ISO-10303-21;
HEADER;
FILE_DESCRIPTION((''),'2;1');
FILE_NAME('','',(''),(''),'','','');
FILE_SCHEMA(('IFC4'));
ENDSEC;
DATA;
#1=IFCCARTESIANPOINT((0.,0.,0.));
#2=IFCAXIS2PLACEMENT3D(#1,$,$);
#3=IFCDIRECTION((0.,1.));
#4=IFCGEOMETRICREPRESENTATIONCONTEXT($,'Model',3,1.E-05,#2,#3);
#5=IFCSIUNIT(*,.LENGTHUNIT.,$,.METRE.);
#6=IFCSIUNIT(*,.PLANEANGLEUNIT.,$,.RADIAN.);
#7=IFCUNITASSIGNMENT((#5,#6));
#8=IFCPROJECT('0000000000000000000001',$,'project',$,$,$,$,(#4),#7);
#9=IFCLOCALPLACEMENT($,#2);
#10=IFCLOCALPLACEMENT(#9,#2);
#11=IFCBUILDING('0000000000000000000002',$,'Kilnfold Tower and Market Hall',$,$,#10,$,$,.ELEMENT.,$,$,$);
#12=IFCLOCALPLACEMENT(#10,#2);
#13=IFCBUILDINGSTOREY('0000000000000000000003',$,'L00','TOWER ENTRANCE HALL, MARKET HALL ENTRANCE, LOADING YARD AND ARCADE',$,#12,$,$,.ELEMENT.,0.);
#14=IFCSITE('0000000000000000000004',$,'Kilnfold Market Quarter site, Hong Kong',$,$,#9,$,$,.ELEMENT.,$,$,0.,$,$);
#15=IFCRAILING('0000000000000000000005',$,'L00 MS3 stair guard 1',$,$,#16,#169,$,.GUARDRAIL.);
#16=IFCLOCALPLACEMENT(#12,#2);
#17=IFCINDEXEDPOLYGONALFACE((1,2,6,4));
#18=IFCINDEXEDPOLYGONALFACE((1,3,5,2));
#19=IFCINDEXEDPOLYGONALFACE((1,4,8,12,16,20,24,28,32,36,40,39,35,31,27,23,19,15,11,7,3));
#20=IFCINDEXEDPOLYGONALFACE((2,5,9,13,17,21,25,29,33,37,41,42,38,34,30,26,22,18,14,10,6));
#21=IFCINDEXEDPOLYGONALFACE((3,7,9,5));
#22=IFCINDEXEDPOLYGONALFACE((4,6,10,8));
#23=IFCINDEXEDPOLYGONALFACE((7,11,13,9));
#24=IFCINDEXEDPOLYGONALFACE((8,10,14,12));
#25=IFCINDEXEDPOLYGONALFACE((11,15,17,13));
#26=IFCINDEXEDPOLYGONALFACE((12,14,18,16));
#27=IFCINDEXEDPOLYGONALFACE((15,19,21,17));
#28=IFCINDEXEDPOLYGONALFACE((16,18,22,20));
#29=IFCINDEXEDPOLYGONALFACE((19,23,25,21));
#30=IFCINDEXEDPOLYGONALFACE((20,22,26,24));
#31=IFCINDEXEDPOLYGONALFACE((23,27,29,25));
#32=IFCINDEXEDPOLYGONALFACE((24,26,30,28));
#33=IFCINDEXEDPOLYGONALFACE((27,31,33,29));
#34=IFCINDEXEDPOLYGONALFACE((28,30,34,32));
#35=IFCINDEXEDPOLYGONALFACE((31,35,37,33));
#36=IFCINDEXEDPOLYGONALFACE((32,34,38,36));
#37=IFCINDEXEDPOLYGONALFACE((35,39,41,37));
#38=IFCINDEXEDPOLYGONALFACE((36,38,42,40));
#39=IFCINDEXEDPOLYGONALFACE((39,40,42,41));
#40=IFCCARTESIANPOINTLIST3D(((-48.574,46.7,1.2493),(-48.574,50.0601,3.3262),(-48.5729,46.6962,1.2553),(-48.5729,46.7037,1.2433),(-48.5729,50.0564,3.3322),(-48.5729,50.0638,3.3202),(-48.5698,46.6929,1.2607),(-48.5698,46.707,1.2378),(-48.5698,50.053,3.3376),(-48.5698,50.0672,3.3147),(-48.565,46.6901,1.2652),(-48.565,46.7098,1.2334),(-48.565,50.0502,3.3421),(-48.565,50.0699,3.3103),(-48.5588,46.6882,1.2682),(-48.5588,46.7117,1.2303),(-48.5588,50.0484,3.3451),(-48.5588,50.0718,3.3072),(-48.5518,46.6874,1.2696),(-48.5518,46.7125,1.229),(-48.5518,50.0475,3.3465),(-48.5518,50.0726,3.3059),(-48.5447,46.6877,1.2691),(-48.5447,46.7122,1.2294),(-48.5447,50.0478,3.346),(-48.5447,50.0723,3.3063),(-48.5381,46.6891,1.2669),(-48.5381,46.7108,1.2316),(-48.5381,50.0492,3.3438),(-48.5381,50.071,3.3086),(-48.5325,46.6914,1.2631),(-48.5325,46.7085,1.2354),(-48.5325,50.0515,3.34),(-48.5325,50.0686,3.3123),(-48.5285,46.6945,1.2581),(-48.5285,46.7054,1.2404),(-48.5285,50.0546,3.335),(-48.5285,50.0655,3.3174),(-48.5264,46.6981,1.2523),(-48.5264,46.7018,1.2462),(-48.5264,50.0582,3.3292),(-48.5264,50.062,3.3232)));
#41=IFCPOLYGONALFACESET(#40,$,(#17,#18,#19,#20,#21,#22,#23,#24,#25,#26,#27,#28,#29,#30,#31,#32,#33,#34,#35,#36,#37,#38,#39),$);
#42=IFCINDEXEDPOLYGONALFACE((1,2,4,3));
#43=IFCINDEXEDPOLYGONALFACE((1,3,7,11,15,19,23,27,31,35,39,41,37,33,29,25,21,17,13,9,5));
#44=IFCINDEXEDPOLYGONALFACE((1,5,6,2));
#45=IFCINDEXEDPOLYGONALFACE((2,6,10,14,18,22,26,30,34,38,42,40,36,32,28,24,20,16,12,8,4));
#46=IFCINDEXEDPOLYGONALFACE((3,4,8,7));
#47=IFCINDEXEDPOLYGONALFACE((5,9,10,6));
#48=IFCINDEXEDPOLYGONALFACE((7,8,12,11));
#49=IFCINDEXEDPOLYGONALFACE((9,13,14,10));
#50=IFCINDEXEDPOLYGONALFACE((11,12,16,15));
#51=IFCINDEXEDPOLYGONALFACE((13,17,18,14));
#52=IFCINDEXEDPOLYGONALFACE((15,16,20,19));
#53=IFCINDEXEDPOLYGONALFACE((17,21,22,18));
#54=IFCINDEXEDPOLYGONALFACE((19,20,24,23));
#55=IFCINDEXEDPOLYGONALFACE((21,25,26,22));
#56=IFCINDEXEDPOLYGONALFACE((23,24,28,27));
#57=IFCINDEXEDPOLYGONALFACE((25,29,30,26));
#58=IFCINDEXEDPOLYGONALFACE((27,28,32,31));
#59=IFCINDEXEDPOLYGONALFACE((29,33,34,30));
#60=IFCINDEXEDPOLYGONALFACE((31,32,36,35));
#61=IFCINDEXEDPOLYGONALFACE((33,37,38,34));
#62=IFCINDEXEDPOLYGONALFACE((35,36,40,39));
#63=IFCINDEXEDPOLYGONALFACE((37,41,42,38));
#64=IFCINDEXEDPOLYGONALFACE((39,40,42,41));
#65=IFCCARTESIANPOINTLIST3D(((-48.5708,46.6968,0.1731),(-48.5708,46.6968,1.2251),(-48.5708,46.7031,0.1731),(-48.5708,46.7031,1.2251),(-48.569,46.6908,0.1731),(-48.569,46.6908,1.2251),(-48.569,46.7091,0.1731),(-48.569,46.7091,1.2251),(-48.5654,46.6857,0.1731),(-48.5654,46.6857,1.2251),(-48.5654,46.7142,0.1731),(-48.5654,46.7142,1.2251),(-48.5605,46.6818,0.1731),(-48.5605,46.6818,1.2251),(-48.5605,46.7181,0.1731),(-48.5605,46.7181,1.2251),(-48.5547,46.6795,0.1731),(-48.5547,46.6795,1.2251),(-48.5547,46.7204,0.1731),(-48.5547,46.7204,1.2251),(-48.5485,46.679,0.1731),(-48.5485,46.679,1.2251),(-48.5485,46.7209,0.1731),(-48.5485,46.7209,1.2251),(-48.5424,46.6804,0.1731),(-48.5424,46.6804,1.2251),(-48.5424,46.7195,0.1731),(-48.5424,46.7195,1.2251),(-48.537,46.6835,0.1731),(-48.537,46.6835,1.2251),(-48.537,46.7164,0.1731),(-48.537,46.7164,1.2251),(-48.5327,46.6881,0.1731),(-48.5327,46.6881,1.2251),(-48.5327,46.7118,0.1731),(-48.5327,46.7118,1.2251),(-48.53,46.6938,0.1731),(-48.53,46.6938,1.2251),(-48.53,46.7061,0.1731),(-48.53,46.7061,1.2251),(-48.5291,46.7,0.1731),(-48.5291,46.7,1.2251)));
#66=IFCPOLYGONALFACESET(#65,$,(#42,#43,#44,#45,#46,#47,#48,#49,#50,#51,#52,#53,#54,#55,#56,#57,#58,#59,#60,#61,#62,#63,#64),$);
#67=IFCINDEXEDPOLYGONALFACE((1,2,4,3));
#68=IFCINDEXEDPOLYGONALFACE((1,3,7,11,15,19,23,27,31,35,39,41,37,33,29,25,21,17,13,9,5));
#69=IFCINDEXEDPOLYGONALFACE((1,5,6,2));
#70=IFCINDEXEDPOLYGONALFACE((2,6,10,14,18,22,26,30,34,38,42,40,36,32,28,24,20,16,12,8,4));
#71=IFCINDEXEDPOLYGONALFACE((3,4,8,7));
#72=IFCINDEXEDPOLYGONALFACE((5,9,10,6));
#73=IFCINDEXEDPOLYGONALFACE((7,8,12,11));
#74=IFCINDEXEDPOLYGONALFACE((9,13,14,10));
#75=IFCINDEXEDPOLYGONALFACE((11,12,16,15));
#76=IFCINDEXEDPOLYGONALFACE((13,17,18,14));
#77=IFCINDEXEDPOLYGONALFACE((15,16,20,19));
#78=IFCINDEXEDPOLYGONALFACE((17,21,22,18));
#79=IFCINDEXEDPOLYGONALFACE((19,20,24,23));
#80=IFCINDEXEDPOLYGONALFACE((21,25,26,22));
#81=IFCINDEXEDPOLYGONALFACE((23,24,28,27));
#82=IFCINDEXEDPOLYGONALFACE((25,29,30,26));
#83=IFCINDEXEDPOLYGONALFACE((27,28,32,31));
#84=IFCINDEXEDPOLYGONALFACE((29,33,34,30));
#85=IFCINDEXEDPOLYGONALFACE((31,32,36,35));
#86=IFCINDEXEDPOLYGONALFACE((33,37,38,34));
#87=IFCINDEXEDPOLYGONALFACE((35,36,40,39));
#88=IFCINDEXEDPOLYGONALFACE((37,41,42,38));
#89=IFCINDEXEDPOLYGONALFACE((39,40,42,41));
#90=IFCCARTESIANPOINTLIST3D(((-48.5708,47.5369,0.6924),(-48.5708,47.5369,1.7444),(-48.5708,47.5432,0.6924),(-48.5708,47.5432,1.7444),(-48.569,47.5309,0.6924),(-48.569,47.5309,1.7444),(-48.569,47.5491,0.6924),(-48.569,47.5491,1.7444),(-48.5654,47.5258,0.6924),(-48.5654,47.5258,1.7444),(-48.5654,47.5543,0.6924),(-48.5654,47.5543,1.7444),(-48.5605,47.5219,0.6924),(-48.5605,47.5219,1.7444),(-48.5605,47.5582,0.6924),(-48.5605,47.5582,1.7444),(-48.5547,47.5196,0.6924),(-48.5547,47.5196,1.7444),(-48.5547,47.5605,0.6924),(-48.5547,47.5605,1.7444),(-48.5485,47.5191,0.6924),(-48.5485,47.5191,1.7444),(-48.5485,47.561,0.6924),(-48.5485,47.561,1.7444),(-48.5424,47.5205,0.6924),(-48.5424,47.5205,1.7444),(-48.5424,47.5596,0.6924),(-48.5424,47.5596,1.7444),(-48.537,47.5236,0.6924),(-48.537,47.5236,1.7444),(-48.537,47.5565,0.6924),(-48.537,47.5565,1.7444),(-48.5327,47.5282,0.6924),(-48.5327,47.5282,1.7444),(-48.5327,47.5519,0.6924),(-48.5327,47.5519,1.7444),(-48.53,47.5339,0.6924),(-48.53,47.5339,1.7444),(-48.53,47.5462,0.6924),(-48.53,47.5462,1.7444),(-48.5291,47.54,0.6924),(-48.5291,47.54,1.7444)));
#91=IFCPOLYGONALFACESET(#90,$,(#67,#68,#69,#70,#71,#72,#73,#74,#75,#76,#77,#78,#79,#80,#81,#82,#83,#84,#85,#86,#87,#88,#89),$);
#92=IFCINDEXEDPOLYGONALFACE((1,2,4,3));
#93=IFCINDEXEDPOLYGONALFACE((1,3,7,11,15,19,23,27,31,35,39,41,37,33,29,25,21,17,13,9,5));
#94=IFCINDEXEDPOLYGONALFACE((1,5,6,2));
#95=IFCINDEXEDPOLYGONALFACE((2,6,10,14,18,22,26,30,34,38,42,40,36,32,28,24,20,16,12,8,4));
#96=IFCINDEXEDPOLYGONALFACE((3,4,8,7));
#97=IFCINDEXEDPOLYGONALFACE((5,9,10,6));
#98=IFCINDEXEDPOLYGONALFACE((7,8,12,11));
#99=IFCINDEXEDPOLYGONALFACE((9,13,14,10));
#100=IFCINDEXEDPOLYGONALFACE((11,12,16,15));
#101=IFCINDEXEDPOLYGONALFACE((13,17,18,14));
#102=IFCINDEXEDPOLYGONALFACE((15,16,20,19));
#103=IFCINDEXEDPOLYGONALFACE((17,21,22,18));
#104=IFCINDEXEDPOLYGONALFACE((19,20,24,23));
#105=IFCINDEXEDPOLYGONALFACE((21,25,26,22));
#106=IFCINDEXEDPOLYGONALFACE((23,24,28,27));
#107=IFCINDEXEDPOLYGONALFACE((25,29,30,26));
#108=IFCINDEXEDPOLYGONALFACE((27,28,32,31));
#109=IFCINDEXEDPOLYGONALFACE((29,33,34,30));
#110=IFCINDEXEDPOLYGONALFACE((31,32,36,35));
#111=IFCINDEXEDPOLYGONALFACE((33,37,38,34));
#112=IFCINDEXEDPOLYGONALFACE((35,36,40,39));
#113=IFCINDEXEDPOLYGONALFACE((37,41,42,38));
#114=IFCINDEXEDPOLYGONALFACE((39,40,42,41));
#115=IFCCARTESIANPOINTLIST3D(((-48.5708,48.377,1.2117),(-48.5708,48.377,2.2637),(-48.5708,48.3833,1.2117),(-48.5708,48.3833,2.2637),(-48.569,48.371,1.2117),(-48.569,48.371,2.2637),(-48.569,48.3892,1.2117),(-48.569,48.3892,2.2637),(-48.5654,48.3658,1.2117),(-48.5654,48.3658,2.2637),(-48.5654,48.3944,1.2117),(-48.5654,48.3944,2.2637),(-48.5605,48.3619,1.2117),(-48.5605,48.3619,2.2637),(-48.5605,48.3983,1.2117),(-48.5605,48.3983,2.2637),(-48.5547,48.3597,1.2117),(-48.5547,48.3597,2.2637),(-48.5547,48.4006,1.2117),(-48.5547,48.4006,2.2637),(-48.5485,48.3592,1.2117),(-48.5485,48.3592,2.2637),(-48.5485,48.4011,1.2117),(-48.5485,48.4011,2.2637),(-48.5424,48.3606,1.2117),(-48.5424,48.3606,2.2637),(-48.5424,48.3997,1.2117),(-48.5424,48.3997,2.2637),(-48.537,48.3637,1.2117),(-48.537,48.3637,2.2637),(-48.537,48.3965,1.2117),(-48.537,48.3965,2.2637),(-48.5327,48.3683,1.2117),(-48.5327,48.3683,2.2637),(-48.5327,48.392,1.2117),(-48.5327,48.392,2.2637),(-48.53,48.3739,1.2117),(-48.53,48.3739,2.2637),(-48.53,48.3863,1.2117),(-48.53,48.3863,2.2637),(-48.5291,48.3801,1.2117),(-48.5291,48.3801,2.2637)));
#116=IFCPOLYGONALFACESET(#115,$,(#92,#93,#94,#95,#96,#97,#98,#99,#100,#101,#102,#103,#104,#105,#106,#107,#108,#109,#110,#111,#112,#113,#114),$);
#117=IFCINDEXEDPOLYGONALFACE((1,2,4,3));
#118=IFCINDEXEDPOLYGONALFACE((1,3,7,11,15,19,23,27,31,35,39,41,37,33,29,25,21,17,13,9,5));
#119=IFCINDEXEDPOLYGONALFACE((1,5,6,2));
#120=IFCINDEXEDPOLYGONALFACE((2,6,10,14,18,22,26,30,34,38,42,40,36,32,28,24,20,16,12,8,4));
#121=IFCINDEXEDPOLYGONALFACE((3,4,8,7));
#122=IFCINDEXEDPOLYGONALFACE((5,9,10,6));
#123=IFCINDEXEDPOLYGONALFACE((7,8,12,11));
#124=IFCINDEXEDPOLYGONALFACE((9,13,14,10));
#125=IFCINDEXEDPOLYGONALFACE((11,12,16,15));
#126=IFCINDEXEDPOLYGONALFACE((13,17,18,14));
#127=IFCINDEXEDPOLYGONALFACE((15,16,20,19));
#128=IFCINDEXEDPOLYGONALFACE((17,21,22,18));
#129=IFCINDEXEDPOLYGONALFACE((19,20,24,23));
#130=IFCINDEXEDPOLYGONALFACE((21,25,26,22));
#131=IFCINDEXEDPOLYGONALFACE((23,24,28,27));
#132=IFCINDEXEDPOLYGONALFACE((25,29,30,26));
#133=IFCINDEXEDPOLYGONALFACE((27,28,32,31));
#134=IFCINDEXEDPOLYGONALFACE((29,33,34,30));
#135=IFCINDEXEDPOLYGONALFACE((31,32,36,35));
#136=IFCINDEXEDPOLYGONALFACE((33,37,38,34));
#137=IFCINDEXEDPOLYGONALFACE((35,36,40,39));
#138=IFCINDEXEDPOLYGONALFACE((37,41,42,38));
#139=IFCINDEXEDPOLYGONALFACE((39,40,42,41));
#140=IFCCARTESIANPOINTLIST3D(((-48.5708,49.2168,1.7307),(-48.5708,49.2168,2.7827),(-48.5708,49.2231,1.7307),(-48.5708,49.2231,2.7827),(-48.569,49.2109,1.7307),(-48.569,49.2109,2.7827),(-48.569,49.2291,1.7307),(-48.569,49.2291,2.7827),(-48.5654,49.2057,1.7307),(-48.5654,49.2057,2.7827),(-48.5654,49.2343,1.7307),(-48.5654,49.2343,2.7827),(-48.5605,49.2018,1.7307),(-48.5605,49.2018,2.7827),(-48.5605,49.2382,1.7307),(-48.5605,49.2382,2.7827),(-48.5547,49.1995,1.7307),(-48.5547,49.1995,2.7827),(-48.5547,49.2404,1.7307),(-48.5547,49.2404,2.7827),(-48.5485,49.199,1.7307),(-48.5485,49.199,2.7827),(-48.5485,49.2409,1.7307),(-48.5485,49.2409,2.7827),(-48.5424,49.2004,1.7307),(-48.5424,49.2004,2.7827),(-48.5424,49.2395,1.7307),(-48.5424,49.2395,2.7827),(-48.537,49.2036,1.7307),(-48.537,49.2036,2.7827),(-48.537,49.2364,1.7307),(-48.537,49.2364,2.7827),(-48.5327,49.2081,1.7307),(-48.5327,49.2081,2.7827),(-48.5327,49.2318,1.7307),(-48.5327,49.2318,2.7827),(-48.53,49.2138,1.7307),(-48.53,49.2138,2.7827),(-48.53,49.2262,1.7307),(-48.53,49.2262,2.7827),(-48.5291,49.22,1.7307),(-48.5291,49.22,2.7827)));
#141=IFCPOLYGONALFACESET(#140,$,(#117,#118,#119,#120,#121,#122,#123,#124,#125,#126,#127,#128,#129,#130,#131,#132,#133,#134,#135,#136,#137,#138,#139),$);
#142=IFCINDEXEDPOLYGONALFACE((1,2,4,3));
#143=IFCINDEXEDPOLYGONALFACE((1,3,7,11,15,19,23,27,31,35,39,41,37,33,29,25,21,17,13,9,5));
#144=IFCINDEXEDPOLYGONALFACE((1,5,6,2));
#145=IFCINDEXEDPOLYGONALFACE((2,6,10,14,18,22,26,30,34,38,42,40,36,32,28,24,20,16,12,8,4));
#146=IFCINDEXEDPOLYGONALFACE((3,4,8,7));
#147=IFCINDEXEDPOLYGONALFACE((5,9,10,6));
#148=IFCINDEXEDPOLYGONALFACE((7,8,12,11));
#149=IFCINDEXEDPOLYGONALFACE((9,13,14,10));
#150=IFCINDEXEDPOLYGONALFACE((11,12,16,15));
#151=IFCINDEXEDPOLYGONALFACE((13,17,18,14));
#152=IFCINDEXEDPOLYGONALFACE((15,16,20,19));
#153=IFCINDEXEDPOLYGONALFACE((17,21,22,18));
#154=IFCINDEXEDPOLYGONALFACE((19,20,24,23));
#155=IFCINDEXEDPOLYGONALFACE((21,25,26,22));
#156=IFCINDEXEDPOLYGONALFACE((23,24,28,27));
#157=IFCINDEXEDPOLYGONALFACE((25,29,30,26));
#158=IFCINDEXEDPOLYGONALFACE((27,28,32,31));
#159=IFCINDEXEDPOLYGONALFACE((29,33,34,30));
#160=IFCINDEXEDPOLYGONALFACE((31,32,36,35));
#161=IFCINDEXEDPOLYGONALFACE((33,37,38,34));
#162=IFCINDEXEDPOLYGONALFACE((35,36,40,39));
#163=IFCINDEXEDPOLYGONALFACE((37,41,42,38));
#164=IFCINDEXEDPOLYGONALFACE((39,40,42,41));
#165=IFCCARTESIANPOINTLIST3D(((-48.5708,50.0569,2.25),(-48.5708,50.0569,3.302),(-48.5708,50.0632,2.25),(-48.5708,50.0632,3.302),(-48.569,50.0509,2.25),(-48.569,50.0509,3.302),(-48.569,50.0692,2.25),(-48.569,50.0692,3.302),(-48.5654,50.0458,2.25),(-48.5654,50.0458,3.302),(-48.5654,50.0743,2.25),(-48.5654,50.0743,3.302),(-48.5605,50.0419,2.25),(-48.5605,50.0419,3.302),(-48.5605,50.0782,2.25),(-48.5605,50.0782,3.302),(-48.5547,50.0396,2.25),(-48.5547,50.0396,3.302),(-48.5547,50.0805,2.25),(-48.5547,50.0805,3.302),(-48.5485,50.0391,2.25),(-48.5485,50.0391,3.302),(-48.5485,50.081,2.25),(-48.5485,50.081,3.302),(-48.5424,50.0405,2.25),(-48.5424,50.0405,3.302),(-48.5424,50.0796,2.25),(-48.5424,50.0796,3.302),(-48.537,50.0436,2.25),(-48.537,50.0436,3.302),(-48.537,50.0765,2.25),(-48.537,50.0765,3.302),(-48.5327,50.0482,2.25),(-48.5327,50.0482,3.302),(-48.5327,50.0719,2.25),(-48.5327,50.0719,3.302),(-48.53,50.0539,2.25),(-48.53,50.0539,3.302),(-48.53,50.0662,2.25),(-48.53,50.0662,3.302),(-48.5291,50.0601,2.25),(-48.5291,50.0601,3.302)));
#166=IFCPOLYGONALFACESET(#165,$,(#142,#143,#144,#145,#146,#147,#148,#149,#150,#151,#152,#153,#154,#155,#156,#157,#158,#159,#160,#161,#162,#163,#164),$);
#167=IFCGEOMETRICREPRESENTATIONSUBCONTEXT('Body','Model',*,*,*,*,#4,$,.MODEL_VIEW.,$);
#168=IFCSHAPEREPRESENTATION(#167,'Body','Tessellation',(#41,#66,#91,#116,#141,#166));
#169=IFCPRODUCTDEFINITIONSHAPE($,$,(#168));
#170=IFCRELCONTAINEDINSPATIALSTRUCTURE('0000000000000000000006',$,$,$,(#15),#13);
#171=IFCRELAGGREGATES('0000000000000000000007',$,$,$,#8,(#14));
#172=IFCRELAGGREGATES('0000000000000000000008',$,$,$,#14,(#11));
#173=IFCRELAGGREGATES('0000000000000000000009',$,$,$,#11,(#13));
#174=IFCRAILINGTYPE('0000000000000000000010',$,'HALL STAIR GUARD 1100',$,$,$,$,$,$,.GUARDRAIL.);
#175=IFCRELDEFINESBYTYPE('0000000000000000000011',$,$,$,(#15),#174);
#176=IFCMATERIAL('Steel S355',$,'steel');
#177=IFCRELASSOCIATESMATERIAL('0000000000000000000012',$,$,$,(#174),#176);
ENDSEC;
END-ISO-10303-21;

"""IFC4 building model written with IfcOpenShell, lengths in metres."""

from ifc_helpers import new_model, si_unit, direction, frame, origin, origin_2d, place, context, subcontext, project, spatial, circle, extrude, material, type_object, element, save


model = new_model("IFC4")

# Units and contexts
model_context = context("Model", 3, precision=1e-05, world=origin(), true_north=direction((0.0, 1.0)))
body_context = subcontext(model_context, "Body", "Model", "MODEL_VIEW")
ifc_project = project(units=[si_unit("LENGTHUNIT", "METRE"), si_unit("PLANEANGLEUNIT", "RADIAN")], contexts=[model_context])

# Site, building, storey
site_placement = place(None, origin())
site = spatial("IfcSite", under=ifc_project, at=site_placement, Name="Kilnfold Market Quarter site, Hong Kong", CompositionType="ELEMENT", RefElevation=0.0)
building_placement = place(site_placement, origin())
building = spatial("IfcBuilding", under=site, at=building_placement, Name="Kilnfold Tower and Market Hall", CompositionType="ELEMENT")
storey_placement = place(building_placement, origin())
storey = spatial("IfcBuildingStorey", under=building, at=storey_placement, Name="L00", Description="TOWER ENTRANCE HALL, MARKET HALL ENTRANCE, LOADING YARD AND ARCADE", CompositionType="ELEMENT", Elevation=0.0)

# Railing
ifc_material_1 = material(Name="Steel S355", Category="steel")
railing_type_1 = type_object("IfcRailingType", Name="HALL STAIR GUARD 1100", PredefinedType="GUARDRAIL", material=ifc_material_1)
railing_1_placement = place(storey_placement, frame((-48.55, 46.7, 0.1731)))
element("IfcRailing", 1, at=railing_1_placement, inside=storey, type_object=railing_type_1, Name="L00 MS3 stair guard 1", PredefinedType="GUARDRAIL", context=body_context, shape_type="SweptSolid", body=[
    extrude(circle(Radius=0.0239, at=origin_2d()), frame((0.0, 0.0, 1.0762), z_axis=(0.0, 0.850623, 0.525776), x_axis=(-1.0, 0.0, 0.0)), (0.0, 0.0, 1.0), 3.9502),
    extrude(circle(Radius=0.021, at=origin_2d()), origin(), (0.0, 0.0, 1.0), 1.052),
    extrude(circle(Radius=0.021, at=origin_2d()), frame((0.0, 0.8401, 0.5193)), (0.0, 0.0, 1.0), 1.052),
    extrude(circle(Radius=0.021, at=origin_2d()), frame((0.0, 1.6802, 1.0386)), (0.0, 0.0, 1.0), 1.052),
    extrude(circle(Radius=0.021, at=origin_2d()), frame((0.0, 2.52, 1.5576)), (0.0, 0.0, 1.0), 1.052),
    extrude(circle(Radius=0.021, at=origin_2d()), frame((0.0, 3.3601, 2.0769)), (0.0, 0.0, 1.0), 1.052),
])

save(model, "model.ifc")
